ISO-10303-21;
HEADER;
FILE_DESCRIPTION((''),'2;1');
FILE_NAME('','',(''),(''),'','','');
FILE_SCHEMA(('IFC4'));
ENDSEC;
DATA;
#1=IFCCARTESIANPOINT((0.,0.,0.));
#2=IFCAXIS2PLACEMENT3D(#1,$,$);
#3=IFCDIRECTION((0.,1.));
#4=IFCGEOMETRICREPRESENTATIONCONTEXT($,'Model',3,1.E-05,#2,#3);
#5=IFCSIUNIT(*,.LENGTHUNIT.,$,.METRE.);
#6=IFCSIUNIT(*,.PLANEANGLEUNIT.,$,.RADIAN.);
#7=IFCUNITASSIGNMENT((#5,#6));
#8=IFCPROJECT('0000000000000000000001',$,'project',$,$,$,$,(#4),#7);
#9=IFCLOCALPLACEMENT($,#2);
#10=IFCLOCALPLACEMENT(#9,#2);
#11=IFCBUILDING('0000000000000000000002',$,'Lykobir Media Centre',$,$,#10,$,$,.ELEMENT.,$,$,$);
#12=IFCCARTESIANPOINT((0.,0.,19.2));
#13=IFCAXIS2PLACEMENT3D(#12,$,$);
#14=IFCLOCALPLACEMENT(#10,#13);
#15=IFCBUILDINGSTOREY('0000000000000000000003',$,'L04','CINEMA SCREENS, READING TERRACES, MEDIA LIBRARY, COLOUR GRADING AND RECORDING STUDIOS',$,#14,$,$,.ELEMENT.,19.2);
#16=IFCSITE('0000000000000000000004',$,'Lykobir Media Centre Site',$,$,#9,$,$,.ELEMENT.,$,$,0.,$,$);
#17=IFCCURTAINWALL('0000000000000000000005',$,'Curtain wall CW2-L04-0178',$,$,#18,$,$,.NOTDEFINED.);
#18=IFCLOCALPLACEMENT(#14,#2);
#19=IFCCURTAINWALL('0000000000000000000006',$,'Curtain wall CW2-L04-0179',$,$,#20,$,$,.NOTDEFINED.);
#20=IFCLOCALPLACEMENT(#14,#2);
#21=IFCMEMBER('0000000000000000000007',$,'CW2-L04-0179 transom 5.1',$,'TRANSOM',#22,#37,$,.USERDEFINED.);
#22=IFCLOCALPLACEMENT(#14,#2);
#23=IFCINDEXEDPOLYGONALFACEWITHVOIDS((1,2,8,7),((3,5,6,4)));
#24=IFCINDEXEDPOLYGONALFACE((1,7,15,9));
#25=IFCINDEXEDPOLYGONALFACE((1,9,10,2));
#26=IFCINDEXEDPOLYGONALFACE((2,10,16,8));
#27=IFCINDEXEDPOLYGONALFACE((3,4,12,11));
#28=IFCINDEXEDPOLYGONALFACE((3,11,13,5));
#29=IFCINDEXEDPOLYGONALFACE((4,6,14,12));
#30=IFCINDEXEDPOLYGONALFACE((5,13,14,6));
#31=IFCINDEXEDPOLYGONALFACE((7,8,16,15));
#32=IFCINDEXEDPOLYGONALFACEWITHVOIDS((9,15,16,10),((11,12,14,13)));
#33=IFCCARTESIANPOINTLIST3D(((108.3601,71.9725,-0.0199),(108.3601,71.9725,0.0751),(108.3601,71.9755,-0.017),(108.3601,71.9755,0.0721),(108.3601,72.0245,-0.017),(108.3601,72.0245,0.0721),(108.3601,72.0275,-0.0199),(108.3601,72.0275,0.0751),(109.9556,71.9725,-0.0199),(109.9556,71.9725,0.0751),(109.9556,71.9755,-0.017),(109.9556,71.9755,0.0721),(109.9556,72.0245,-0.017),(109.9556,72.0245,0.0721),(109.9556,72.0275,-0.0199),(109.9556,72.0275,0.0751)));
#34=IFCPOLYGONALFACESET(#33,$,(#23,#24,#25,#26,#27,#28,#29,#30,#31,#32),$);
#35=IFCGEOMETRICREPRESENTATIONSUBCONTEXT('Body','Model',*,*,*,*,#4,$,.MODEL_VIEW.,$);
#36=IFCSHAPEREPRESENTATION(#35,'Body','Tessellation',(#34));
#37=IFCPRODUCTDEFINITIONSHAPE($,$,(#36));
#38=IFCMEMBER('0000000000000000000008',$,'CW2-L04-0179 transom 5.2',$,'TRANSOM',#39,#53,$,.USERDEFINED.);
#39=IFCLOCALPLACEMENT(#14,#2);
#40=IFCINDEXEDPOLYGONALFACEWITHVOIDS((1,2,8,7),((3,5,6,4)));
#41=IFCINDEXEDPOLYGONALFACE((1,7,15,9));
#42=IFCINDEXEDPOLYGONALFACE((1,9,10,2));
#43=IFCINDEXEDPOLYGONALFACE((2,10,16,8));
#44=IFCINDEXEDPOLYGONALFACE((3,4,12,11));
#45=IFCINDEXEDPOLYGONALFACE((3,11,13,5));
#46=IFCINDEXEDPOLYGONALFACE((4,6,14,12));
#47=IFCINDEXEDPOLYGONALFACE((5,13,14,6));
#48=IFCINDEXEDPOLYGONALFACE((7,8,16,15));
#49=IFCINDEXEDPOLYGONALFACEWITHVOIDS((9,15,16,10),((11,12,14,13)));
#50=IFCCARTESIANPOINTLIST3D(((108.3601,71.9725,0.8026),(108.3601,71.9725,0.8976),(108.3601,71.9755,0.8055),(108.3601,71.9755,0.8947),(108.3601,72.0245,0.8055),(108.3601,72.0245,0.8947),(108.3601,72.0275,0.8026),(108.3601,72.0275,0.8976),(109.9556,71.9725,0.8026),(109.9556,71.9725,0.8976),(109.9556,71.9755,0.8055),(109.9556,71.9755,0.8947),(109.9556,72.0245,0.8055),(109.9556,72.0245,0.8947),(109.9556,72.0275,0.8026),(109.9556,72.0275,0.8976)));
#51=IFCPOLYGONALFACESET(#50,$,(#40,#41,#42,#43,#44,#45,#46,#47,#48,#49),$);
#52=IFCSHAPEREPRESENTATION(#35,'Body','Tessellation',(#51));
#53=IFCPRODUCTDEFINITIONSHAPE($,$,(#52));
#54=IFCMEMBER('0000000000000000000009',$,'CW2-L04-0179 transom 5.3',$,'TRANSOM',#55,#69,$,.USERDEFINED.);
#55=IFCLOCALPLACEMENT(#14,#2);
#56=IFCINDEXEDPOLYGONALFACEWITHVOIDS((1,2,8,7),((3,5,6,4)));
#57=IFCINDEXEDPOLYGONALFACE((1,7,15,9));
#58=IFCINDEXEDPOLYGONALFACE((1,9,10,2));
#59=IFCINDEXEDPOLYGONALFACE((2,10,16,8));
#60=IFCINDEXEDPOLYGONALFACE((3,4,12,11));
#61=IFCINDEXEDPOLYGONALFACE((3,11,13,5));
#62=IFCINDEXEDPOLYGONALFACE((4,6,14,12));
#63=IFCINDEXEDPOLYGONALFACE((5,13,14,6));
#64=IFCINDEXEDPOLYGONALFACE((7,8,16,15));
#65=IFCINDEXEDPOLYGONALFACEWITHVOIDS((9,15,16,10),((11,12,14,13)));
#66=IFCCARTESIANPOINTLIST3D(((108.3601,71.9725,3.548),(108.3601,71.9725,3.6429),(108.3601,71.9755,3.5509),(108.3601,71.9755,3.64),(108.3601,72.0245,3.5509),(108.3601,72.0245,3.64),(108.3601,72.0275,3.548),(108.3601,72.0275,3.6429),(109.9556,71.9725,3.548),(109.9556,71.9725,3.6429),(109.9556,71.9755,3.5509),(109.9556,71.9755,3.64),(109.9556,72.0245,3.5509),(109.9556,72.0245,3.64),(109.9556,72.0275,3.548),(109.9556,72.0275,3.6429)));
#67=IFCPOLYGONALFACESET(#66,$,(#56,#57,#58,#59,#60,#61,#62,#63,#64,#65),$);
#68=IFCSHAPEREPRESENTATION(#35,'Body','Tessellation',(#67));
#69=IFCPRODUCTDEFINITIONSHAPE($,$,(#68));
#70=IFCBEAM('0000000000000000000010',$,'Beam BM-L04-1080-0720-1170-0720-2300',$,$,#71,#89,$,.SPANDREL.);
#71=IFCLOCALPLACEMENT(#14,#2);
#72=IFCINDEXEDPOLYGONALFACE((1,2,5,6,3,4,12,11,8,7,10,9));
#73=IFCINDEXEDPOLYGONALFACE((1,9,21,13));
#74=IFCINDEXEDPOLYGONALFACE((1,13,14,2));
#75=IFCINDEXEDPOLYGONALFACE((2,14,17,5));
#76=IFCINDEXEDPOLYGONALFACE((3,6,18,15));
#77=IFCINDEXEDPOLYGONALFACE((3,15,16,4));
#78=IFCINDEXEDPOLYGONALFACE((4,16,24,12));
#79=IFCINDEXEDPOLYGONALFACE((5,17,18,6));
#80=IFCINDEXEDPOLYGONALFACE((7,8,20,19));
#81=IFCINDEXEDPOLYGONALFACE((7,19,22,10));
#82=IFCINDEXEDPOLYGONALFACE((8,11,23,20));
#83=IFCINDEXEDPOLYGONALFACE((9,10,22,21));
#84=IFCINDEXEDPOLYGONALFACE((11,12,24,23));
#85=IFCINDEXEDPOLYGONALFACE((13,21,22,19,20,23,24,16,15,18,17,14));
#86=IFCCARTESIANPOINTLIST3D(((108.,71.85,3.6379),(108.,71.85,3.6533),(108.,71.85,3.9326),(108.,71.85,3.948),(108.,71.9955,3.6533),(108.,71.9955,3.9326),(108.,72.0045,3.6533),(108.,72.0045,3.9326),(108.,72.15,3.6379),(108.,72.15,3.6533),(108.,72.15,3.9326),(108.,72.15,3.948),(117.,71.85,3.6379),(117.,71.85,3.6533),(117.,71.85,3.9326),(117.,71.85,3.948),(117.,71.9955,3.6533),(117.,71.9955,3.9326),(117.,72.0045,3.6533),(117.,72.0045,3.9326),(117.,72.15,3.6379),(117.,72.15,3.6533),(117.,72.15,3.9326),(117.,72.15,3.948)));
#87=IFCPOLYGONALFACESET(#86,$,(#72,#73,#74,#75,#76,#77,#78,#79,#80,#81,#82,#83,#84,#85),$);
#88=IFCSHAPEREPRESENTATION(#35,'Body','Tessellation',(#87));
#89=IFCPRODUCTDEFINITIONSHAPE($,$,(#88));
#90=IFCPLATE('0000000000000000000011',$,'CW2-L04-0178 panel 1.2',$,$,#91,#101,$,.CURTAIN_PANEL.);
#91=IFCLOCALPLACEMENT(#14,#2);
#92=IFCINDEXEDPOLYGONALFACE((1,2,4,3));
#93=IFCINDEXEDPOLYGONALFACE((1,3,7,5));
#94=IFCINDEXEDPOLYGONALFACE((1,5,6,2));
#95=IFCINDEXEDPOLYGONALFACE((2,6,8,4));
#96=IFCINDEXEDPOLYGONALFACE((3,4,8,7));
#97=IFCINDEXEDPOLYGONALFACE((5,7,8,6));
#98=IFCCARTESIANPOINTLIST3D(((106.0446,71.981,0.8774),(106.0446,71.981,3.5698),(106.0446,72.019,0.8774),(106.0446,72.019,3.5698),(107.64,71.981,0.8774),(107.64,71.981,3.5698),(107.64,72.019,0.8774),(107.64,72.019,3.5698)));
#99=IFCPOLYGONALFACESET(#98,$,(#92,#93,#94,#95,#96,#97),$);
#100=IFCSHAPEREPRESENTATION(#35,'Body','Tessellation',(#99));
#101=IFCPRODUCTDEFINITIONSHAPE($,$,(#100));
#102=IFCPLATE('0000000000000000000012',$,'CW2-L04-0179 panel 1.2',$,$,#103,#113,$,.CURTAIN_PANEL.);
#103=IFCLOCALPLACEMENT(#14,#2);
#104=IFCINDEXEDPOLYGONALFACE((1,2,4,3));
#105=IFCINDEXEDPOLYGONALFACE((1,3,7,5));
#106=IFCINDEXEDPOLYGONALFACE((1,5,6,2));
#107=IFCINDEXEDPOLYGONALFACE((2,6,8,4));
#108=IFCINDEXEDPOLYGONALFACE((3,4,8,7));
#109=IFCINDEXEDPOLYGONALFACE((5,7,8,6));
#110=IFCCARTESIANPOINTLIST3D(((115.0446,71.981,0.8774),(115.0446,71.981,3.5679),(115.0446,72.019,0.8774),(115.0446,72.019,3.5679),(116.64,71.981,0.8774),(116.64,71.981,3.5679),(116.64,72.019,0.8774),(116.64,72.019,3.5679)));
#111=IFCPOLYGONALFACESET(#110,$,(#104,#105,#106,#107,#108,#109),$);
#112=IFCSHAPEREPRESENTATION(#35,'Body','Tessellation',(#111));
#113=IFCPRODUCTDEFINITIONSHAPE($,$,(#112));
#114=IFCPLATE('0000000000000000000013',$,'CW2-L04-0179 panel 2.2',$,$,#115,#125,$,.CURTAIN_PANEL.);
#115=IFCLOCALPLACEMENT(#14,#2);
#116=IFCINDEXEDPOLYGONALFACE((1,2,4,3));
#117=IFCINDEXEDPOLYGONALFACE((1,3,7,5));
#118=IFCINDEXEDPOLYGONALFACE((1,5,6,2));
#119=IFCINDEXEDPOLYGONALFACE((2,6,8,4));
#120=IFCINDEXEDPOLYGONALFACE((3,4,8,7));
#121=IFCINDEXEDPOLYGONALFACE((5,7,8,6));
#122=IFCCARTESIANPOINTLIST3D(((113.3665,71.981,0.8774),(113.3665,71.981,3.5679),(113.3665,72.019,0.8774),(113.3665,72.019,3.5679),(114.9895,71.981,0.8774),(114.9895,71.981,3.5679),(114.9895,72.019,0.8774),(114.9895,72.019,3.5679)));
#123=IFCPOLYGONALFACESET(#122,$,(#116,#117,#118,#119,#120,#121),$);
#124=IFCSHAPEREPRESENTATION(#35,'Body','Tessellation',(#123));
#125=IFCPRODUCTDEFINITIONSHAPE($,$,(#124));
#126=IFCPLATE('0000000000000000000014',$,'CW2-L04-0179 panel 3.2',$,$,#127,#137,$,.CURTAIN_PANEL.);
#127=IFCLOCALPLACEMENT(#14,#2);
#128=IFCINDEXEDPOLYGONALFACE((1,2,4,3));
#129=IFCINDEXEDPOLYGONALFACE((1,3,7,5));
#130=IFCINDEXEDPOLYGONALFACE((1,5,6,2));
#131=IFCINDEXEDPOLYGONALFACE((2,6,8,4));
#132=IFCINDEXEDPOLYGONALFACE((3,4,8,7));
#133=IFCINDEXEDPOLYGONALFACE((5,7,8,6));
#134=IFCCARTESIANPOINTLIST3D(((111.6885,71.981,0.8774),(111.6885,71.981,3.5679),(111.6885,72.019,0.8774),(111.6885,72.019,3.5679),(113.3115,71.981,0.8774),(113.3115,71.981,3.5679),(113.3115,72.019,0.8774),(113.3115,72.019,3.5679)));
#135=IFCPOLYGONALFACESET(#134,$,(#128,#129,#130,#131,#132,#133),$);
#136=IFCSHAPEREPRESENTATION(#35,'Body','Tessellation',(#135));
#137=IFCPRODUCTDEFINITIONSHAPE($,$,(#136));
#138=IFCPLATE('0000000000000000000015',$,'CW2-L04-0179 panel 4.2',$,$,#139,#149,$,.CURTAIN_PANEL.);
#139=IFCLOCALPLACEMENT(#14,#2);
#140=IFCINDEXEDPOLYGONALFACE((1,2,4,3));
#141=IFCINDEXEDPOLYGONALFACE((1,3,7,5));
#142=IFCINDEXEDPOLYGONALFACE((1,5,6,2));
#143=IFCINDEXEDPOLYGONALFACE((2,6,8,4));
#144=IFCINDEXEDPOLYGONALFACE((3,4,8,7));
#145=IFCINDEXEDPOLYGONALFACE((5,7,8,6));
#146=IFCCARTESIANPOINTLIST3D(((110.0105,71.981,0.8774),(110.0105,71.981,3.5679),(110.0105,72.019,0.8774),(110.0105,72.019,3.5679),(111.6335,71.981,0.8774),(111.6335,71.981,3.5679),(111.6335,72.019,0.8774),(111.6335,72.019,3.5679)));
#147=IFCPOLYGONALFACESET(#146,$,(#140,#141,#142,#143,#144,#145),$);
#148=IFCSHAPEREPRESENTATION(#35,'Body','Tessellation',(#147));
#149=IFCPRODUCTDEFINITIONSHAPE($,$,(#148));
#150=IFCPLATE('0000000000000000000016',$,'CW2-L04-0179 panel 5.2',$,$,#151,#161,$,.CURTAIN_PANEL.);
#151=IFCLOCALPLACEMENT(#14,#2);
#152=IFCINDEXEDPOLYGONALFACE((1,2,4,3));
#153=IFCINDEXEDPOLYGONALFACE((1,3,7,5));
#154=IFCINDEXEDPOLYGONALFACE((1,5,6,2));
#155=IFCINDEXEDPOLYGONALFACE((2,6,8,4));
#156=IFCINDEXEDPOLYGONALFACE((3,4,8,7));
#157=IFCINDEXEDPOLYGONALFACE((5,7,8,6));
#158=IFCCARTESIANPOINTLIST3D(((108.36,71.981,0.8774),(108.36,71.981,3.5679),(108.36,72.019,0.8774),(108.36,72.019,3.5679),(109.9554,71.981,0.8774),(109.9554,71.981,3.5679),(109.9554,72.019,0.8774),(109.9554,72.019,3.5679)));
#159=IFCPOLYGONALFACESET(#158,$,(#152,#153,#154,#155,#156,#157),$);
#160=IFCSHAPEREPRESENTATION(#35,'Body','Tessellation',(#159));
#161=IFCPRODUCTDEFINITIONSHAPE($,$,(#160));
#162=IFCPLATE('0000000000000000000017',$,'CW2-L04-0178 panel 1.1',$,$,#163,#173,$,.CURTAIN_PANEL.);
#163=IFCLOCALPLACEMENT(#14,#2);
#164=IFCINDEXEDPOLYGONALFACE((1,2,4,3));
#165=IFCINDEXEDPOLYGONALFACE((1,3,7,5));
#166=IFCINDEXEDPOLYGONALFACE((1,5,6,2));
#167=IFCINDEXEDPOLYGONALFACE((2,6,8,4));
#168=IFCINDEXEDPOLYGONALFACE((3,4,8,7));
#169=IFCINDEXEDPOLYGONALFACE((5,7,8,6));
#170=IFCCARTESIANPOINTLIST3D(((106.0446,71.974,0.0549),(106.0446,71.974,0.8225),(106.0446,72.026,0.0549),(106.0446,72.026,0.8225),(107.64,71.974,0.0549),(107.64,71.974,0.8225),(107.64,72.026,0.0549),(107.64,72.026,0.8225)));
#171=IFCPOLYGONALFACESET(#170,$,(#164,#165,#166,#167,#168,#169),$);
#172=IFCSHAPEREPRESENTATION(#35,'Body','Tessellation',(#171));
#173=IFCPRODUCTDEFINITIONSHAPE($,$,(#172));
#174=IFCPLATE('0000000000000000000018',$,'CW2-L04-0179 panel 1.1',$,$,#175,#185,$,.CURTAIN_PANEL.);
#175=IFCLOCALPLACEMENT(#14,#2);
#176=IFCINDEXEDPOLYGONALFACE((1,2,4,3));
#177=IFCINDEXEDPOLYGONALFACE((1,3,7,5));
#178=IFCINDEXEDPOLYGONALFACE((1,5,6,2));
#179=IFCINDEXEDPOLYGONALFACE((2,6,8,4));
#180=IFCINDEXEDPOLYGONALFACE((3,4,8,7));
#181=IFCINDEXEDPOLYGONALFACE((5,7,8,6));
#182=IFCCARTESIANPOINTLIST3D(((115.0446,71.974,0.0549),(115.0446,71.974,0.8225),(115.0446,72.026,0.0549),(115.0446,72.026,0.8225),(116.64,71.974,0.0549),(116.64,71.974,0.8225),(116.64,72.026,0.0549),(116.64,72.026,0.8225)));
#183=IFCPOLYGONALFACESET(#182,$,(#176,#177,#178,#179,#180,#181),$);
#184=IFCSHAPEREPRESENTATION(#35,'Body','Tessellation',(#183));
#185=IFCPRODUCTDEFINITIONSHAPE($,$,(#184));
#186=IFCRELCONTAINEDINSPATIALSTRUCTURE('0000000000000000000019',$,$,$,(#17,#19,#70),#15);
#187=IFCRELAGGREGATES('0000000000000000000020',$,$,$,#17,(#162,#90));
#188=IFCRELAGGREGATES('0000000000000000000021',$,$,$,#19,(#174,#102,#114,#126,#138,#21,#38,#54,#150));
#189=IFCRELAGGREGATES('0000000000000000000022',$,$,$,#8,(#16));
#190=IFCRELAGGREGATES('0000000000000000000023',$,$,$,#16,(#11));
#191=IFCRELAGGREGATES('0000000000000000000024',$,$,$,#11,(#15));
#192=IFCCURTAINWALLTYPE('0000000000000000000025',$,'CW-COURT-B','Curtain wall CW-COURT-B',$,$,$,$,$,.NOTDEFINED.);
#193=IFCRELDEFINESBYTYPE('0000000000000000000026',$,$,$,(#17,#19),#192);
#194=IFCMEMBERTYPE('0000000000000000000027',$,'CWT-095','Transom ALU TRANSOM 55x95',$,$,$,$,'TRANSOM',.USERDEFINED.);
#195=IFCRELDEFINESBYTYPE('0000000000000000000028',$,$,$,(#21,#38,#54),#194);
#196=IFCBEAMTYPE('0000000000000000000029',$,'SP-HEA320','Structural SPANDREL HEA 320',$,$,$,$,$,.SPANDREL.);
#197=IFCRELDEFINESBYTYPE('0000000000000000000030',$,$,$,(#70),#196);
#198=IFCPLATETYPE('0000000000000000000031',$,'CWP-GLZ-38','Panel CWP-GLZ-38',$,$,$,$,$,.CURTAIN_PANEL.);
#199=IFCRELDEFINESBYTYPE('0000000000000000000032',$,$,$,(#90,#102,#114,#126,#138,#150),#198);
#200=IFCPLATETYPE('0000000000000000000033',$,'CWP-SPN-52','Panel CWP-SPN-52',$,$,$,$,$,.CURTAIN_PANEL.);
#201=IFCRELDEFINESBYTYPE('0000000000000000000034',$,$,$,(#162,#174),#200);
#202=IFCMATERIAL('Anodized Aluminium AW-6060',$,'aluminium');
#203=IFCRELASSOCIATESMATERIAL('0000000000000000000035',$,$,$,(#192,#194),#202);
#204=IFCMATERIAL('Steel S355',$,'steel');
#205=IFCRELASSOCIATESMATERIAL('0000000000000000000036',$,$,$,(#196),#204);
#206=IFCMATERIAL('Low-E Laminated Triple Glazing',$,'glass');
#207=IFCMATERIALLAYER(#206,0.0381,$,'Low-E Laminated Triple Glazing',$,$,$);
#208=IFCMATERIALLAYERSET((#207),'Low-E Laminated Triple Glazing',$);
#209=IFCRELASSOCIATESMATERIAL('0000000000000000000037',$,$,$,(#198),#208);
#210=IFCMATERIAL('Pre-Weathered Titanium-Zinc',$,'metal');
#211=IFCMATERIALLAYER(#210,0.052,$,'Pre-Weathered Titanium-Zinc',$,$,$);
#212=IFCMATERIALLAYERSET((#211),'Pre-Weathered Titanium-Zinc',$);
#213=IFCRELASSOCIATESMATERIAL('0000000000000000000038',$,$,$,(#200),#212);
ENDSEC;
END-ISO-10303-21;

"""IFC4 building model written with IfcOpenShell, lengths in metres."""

from ifc_helpers import new_model, si_unit, direction, frame, origin, origin_2d, place, context, subcontext, project, spatial, rectangle, hollow_rectangle, i_section, extrude, material, layer, layer_set, material_profile, profile_set, type_object, element, aggregate, save


model = new_model("IFC4")

# Units and contexts
model_context = context("Model", 3, precision=1e-05, world=origin(), true_north=direction((0.0, 1.0)))
body_context = subcontext(model_context, "Body", "Model", "MODEL_VIEW")
ifc_project = project(units=[si_unit("LENGTHUNIT", "METRE"), si_unit("PLANEANGLEUNIT", "RADIAN")], contexts=[model_context])

# Site, building, storey
site_placement = place(None, origin())
site = spatial("IfcSite", under=ifc_project, at=site_placement, Name="Lykobir Media Centre Site", CompositionType="ELEMENT", RefElevation=0.0)
building_placement = place(site_placement, origin())
building = spatial("IfcBuilding", under=site, at=building_placement, Name="Lykobir Media Centre", CompositionType="ELEMENT")
storey_placement = place(building_placement, frame((0.0, 0.0, 19.2)))
storey = spatial("IfcBuildingStorey", under=building, at=storey_placement, Name="L04", Description="CINEMA SCREENS, READING TERRACES, MEDIA LIBRARY, COLOUR GRADING AND RECORDING STUDIOS", CompositionType="ELEMENT", Elevation=19.2)

# Shared definitions
ifc_material_1 = material(Name="Steel S355", Category="steel")

# Curtain wall
ifc_material_2 = material(Name="Anodized Aluminium AW-6060", Category="aluminium")
curtain_wall_type = type_object("IfcCurtainWallType", Name="CW-COURT-B", Description="Curtain wall CW-COURT-B", PredefinedType="NOTDEFINED", material=ifc_material_2)
curtain_wall_1_placement = place(storey_placement, origin())
curtain_wall_1 = element("IfcCurtainWall", 1, at=curtain_wall_1_placement, inside=storey, type_object=curtain_wall_type, Name="Curtain wall CW2-L04-0178", PredefinedType="NOTDEFINED")

# Curtain wall
curtain_wall_2_placement = place(storey_placement, origin())
curtain_wall_2 = element("IfcCurtainWall", 2, at=curtain_wall_2_placement, inside=storey, type_object=curtain_wall_type, Name="Curtain wall CW2-L04-0179", PredefinedType="NOTDEFINED")

# Members
ifc_material_profile_1 = material_profile(ifc_material_2, hollow_rectangle(XDim=0.0549, YDim=0.095, WallThickness=0.0029, at=origin_2d()), Name="ALU TRANSOM 55x95")
ifc_profile_set_1 = profile_set([ifc_material_profile_1], Name="Anodized Aluminium AW-6060")
member_type_1 = type_object("IfcMemberType", Name="CWT-095", Description="Transom ALU TRANSOM 55x95", ElementType="TRANSOM", PredefinedType="USERDEFINED", material=ifc_profile_set_1)
member_1_placement = place(storey_placement, frame((109.9556, 72.0, 0.0276), z_axis=(-1.0, 0.0, 0.0), x_axis=(0.0, -1.0, 0.0)))
member_1 = element("IfcMember", 3, at=member_1_placement, type_object=member_type_1, Name="CW2-L04-0179 transom 5.1", ObjectType="TRANSOM", PredefinedType="USERDEFINED", context=body_context, shape_type="SweptSolid", body=[
    extrude(hollow_rectangle(XDim=0.0549, YDim=0.095, WallThickness=0.0029, at=origin_2d()), origin(), (0.0, 0.0, 1.0), 1.5955),
])
member_2_placement = place(storey_placement, frame((109.9556, 72.0, 0.8501), z_axis=(-1.0, 0.0, 0.0), x_axis=(0.0, -1.0, 0.0)))
member_2 = element("IfcMember", 4, at=member_2_placement, type_object=member_type_1, Name="CW2-L04-0179 transom 5.2", ObjectType="TRANSOM", PredefinedType="USERDEFINED", context=body_context, shape_type="SweptSolid", body=[
    extrude(hollow_rectangle(XDim=0.0549, YDim=0.095, WallThickness=0.0029, at=origin_2d()), origin(), (0.0, 0.0, 1.0), 1.5955),
])
member_3_placement = place(storey_placement, frame((109.9556, 72.0, 3.5955), z_axis=(-1.0, 0.0, 0.0), x_axis=(0.0, -1.0, 0.0)))
member_3 = element("IfcMember", 5, at=member_3_placement, type_object=member_type_1, Name="CW2-L04-0179 transom 5.3", ObjectType="TRANSOM", PredefinedType="USERDEFINED", context=body_context, shape_type="SweptSolid", body=[
    extrude(hollow_rectangle(XDim=0.0549, YDim=0.095, WallThickness=0.0029, at=origin_2d()), origin(), (0.0, 0.0, 1.0), 1.5955),
])

# Beam
ifc_material_profile_2 = material_profile(ifc_material_1, i_section(OverallWidth=0.3, OverallDepth=0.3101, WebThickness=0.009, FlangeThickness=0.0154, at=origin_2d()), Name="HEA 320")
ifc_profile_set_2 = profile_set([ifc_material_profile_2], Name="Steel S355")
beam_type_1 = type_object("IfcBeamType", Name="SP-HEA320", Description="Structural SPANDREL HEA 320", PredefinedType="SPANDREL", material=ifc_profile_set_2)
beam_1_placement = place(storey_placement, frame((108.0, 72.0, 3.793), z_axis=(1.0, 0.0, 0.0), x_axis=(0.0, 1.0, 0.0)))
element("IfcBeam", 6, at=beam_1_placement, inside=storey, type_object=beam_type_1, Name="Beam BM-L04-1080-0720-1170-0720-2300", PredefinedType="SPANDREL", context=body_context, shape_type="SweptSolid", body=[
    extrude(i_section(OverallWidth=0.3, OverallDepth=0.3101, WebThickness=0.009, FlangeThickness=0.0154, at=origin_2d()), origin(), (0.0, 0.0, 1.0), 9.0),
])

# Plates
ifc_material_3 = material(Name="Low-E Laminated Triple Glazing", Category="glass")
ifc_layer_1 = layer(ifc_material_3, 0.0381, Name="Low-E Laminated Triple Glazing")
ifc_layer_set_1 = layer_set([ifc_layer_1], Name="Low-E Laminated Triple Glazing")
plate_type_1 = type_object("IfcPlateType", Name="CWP-GLZ-38", Description="Panel CWP-GLZ-38", PredefinedType="CURTAIN_PANEL", material=ifc_layer_set_1)
plate_1_placement = place(storey_placement, frame((106.8423, 72.0, 0.8774), z_axis=(0.0, 0.0, 1.0), x_axis=(-1.0, 0.0, 0.0)))
plate_1 = element("IfcPlate", 7, at=plate_1_placement, type_object=plate_type_1, Name="CW2-L04-0178 panel 1.2", PredefinedType="CURTAIN_PANEL", context=body_context, shape_type="SweptSolid", body=[
    extrude(rectangle(XDim=1.5955, YDim=0.0381, at=origin_2d()), origin(), (0.0, 0.0, 1.0), 2.6924),
])
plate_2_placement = place(storey_placement, frame((115.8423, 72.0, 0.8774), z_axis=(0.0, 0.0, 1.0), x_axis=(-1.0, 0.0, 0.0)))
plate_2 = element("IfcPlate", 8, at=plate_2_placement, type_object=plate_type_1, Name="CW2-L04-0179 panel 1.2", PredefinedType="CURTAIN_PANEL", context=body_context, shape_type="SweptSolid", body=[
    extrude(rectangle(XDim=1.5955, YDim=0.0381, at=origin_2d()), origin(), (0.0, 0.0, 1.0), 2.6904),
])
plate_3_placement = place(storey_placement, frame((114.178, 72.0, 0.8774), z_axis=(0.0, 0.0, 1.0), x_axis=(-1.0, 0.0, 0.0)))
plate_3 = element("IfcPlate", 9, at=plate_3_placement, type_object=plate_type_1, Name="CW2-L04-0179 panel 2.2", PredefinedType="CURTAIN_PANEL", context=body_context, shape_type="SweptSolid", body=[
    extrude(rectangle(XDim=1.623, YDim=0.0381, at=origin_2d()), origin(), (0.0, 0.0, 1.0), 2.6904),
])
plate_4_placement = place(storey_placement, frame((112.5, 72.0, 0.8774), z_axis=(0.0, 0.0, 1.0), x_axis=(-1.0, 0.0, 0.0)))
plate_4 = element("IfcPlate", 10, at=plate_4_placement, type_object=plate_type_1, Name="CW2-L04-0179 panel 3.2", PredefinedType="CURTAIN_PANEL", context=body_context, shape_type="SweptSolid", body=[
    extrude(rectangle(XDim=1.623, YDim=0.0381, at=origin_2d()), origin(), (0.0, 0.0, 1.0), 2.6904),
])
plate_5_placement = place(storey_placement, frame((110.822, 72.0, 0.8774), z_axis=(0.0, 0.0, 1.0), x_axis=(-1.0, 0.0, 0.0)))
plate_5 = element("IfcPlate", 11, at=plate_5_placement, type_object=plate_type_1, Name="CW2-L04-0179 panel 4.2", PredefinedType="CURTAIN_PANEL", context=body_context, shape_type="SweptSolid", body=[
    extrude(rectangle(XDim=1.623, YDim=0.0381, at=origin_2d()), origin(), (0.0, 0.0, 1.0), 2.6904),
])
plate_6_placement = place(storey_placement, frame((109.1577, 72.0, 0.8774), z_axis=(0.0, 0.0, 1.0), x_axis=(-1.0, 0.0, 0.0)))
plate_6 = element("IfcPlate", 12, at=plate_6_placement, type_object=plate_type_1, Name="CW2-L04-0179 panel 5.2", PredefinedType="CURTAIN_PANEL", context=body_context, shape_type="SweptSolid", body=[
    extrude(rectangle(XDim=1.5955, YDim=0.0381, at=origin_2d()), origin(), (0.0, 0.0, 1.0), 2.6904),
])
ifc_material_4 = material(Name="Pre-Weathered Titanium-Zinc", Category="metal")
ifc_layer_2 = layer(ifc_material_4, 0.052, Name="Pre-Weathered Titanium-Zinc")
ifc_layer_set_2 = layer_set([ifc_layer_2], Name="Pre-Weathered Titanium-Zinc")
plate_type_2 = type_object("IfcPlateType", Name="CWP-SPN-52", Description="Panel CWP-SPN-52", PredefinedType="CURTAIN_PANEL", material=ifc_layer_set_2)
plate_7_placement = place(storey_placement, frame((106.8423, 72.0, 0.0549), z_axis=(0.0, 0.0, 1.0), x_axis=(-1.0, 0.0, 0.0)))
plate_7 = element("IfcPlate", 13, at=plate_7_placement, type_object=plate_type_2, Name="CW2-L04-0178 panel 1.1", PredefinedType="CURTAIN_PANEL", context=body_context, shape_type="SweptSolid", body=[
    extrude(rectangle(XDim=1.5955, YDim=0.052, at=origin_2d()), origin(), (0.0, 0.0, 1.0), 0.7676),
])
aggregate(curtain_wall_1, [plate_7, plate_1])
plate_8_placement = place(storey_placement, frame((115.8423, 72.0, 0.0549), z_axis=(0.0, 0.0, 1.0), x_axis=(-1.0, 0.0, 0.0)))
plate_8 = element("IfcPlate", 14, at=plate_8_placement, type_object=plate_type_2, Name="CW2-L04-0179 panel 1.1", PredefinedType="CURTAIN_PANEL", context=body_context, shape_type="SweptSolid", body=[
    extrude(rectangle(XDim=1.5955, YDim=0.052, at=origin_2d()), origin(), (0.0, 0.0, 1.0), 0.7676),
])
aggregate(curtain_wall_2, [plate_8, plate_2, plate_3, plate_4, plate_5, member_1, member_2, member_3, plate_6])

save(model, "model.ifc")
